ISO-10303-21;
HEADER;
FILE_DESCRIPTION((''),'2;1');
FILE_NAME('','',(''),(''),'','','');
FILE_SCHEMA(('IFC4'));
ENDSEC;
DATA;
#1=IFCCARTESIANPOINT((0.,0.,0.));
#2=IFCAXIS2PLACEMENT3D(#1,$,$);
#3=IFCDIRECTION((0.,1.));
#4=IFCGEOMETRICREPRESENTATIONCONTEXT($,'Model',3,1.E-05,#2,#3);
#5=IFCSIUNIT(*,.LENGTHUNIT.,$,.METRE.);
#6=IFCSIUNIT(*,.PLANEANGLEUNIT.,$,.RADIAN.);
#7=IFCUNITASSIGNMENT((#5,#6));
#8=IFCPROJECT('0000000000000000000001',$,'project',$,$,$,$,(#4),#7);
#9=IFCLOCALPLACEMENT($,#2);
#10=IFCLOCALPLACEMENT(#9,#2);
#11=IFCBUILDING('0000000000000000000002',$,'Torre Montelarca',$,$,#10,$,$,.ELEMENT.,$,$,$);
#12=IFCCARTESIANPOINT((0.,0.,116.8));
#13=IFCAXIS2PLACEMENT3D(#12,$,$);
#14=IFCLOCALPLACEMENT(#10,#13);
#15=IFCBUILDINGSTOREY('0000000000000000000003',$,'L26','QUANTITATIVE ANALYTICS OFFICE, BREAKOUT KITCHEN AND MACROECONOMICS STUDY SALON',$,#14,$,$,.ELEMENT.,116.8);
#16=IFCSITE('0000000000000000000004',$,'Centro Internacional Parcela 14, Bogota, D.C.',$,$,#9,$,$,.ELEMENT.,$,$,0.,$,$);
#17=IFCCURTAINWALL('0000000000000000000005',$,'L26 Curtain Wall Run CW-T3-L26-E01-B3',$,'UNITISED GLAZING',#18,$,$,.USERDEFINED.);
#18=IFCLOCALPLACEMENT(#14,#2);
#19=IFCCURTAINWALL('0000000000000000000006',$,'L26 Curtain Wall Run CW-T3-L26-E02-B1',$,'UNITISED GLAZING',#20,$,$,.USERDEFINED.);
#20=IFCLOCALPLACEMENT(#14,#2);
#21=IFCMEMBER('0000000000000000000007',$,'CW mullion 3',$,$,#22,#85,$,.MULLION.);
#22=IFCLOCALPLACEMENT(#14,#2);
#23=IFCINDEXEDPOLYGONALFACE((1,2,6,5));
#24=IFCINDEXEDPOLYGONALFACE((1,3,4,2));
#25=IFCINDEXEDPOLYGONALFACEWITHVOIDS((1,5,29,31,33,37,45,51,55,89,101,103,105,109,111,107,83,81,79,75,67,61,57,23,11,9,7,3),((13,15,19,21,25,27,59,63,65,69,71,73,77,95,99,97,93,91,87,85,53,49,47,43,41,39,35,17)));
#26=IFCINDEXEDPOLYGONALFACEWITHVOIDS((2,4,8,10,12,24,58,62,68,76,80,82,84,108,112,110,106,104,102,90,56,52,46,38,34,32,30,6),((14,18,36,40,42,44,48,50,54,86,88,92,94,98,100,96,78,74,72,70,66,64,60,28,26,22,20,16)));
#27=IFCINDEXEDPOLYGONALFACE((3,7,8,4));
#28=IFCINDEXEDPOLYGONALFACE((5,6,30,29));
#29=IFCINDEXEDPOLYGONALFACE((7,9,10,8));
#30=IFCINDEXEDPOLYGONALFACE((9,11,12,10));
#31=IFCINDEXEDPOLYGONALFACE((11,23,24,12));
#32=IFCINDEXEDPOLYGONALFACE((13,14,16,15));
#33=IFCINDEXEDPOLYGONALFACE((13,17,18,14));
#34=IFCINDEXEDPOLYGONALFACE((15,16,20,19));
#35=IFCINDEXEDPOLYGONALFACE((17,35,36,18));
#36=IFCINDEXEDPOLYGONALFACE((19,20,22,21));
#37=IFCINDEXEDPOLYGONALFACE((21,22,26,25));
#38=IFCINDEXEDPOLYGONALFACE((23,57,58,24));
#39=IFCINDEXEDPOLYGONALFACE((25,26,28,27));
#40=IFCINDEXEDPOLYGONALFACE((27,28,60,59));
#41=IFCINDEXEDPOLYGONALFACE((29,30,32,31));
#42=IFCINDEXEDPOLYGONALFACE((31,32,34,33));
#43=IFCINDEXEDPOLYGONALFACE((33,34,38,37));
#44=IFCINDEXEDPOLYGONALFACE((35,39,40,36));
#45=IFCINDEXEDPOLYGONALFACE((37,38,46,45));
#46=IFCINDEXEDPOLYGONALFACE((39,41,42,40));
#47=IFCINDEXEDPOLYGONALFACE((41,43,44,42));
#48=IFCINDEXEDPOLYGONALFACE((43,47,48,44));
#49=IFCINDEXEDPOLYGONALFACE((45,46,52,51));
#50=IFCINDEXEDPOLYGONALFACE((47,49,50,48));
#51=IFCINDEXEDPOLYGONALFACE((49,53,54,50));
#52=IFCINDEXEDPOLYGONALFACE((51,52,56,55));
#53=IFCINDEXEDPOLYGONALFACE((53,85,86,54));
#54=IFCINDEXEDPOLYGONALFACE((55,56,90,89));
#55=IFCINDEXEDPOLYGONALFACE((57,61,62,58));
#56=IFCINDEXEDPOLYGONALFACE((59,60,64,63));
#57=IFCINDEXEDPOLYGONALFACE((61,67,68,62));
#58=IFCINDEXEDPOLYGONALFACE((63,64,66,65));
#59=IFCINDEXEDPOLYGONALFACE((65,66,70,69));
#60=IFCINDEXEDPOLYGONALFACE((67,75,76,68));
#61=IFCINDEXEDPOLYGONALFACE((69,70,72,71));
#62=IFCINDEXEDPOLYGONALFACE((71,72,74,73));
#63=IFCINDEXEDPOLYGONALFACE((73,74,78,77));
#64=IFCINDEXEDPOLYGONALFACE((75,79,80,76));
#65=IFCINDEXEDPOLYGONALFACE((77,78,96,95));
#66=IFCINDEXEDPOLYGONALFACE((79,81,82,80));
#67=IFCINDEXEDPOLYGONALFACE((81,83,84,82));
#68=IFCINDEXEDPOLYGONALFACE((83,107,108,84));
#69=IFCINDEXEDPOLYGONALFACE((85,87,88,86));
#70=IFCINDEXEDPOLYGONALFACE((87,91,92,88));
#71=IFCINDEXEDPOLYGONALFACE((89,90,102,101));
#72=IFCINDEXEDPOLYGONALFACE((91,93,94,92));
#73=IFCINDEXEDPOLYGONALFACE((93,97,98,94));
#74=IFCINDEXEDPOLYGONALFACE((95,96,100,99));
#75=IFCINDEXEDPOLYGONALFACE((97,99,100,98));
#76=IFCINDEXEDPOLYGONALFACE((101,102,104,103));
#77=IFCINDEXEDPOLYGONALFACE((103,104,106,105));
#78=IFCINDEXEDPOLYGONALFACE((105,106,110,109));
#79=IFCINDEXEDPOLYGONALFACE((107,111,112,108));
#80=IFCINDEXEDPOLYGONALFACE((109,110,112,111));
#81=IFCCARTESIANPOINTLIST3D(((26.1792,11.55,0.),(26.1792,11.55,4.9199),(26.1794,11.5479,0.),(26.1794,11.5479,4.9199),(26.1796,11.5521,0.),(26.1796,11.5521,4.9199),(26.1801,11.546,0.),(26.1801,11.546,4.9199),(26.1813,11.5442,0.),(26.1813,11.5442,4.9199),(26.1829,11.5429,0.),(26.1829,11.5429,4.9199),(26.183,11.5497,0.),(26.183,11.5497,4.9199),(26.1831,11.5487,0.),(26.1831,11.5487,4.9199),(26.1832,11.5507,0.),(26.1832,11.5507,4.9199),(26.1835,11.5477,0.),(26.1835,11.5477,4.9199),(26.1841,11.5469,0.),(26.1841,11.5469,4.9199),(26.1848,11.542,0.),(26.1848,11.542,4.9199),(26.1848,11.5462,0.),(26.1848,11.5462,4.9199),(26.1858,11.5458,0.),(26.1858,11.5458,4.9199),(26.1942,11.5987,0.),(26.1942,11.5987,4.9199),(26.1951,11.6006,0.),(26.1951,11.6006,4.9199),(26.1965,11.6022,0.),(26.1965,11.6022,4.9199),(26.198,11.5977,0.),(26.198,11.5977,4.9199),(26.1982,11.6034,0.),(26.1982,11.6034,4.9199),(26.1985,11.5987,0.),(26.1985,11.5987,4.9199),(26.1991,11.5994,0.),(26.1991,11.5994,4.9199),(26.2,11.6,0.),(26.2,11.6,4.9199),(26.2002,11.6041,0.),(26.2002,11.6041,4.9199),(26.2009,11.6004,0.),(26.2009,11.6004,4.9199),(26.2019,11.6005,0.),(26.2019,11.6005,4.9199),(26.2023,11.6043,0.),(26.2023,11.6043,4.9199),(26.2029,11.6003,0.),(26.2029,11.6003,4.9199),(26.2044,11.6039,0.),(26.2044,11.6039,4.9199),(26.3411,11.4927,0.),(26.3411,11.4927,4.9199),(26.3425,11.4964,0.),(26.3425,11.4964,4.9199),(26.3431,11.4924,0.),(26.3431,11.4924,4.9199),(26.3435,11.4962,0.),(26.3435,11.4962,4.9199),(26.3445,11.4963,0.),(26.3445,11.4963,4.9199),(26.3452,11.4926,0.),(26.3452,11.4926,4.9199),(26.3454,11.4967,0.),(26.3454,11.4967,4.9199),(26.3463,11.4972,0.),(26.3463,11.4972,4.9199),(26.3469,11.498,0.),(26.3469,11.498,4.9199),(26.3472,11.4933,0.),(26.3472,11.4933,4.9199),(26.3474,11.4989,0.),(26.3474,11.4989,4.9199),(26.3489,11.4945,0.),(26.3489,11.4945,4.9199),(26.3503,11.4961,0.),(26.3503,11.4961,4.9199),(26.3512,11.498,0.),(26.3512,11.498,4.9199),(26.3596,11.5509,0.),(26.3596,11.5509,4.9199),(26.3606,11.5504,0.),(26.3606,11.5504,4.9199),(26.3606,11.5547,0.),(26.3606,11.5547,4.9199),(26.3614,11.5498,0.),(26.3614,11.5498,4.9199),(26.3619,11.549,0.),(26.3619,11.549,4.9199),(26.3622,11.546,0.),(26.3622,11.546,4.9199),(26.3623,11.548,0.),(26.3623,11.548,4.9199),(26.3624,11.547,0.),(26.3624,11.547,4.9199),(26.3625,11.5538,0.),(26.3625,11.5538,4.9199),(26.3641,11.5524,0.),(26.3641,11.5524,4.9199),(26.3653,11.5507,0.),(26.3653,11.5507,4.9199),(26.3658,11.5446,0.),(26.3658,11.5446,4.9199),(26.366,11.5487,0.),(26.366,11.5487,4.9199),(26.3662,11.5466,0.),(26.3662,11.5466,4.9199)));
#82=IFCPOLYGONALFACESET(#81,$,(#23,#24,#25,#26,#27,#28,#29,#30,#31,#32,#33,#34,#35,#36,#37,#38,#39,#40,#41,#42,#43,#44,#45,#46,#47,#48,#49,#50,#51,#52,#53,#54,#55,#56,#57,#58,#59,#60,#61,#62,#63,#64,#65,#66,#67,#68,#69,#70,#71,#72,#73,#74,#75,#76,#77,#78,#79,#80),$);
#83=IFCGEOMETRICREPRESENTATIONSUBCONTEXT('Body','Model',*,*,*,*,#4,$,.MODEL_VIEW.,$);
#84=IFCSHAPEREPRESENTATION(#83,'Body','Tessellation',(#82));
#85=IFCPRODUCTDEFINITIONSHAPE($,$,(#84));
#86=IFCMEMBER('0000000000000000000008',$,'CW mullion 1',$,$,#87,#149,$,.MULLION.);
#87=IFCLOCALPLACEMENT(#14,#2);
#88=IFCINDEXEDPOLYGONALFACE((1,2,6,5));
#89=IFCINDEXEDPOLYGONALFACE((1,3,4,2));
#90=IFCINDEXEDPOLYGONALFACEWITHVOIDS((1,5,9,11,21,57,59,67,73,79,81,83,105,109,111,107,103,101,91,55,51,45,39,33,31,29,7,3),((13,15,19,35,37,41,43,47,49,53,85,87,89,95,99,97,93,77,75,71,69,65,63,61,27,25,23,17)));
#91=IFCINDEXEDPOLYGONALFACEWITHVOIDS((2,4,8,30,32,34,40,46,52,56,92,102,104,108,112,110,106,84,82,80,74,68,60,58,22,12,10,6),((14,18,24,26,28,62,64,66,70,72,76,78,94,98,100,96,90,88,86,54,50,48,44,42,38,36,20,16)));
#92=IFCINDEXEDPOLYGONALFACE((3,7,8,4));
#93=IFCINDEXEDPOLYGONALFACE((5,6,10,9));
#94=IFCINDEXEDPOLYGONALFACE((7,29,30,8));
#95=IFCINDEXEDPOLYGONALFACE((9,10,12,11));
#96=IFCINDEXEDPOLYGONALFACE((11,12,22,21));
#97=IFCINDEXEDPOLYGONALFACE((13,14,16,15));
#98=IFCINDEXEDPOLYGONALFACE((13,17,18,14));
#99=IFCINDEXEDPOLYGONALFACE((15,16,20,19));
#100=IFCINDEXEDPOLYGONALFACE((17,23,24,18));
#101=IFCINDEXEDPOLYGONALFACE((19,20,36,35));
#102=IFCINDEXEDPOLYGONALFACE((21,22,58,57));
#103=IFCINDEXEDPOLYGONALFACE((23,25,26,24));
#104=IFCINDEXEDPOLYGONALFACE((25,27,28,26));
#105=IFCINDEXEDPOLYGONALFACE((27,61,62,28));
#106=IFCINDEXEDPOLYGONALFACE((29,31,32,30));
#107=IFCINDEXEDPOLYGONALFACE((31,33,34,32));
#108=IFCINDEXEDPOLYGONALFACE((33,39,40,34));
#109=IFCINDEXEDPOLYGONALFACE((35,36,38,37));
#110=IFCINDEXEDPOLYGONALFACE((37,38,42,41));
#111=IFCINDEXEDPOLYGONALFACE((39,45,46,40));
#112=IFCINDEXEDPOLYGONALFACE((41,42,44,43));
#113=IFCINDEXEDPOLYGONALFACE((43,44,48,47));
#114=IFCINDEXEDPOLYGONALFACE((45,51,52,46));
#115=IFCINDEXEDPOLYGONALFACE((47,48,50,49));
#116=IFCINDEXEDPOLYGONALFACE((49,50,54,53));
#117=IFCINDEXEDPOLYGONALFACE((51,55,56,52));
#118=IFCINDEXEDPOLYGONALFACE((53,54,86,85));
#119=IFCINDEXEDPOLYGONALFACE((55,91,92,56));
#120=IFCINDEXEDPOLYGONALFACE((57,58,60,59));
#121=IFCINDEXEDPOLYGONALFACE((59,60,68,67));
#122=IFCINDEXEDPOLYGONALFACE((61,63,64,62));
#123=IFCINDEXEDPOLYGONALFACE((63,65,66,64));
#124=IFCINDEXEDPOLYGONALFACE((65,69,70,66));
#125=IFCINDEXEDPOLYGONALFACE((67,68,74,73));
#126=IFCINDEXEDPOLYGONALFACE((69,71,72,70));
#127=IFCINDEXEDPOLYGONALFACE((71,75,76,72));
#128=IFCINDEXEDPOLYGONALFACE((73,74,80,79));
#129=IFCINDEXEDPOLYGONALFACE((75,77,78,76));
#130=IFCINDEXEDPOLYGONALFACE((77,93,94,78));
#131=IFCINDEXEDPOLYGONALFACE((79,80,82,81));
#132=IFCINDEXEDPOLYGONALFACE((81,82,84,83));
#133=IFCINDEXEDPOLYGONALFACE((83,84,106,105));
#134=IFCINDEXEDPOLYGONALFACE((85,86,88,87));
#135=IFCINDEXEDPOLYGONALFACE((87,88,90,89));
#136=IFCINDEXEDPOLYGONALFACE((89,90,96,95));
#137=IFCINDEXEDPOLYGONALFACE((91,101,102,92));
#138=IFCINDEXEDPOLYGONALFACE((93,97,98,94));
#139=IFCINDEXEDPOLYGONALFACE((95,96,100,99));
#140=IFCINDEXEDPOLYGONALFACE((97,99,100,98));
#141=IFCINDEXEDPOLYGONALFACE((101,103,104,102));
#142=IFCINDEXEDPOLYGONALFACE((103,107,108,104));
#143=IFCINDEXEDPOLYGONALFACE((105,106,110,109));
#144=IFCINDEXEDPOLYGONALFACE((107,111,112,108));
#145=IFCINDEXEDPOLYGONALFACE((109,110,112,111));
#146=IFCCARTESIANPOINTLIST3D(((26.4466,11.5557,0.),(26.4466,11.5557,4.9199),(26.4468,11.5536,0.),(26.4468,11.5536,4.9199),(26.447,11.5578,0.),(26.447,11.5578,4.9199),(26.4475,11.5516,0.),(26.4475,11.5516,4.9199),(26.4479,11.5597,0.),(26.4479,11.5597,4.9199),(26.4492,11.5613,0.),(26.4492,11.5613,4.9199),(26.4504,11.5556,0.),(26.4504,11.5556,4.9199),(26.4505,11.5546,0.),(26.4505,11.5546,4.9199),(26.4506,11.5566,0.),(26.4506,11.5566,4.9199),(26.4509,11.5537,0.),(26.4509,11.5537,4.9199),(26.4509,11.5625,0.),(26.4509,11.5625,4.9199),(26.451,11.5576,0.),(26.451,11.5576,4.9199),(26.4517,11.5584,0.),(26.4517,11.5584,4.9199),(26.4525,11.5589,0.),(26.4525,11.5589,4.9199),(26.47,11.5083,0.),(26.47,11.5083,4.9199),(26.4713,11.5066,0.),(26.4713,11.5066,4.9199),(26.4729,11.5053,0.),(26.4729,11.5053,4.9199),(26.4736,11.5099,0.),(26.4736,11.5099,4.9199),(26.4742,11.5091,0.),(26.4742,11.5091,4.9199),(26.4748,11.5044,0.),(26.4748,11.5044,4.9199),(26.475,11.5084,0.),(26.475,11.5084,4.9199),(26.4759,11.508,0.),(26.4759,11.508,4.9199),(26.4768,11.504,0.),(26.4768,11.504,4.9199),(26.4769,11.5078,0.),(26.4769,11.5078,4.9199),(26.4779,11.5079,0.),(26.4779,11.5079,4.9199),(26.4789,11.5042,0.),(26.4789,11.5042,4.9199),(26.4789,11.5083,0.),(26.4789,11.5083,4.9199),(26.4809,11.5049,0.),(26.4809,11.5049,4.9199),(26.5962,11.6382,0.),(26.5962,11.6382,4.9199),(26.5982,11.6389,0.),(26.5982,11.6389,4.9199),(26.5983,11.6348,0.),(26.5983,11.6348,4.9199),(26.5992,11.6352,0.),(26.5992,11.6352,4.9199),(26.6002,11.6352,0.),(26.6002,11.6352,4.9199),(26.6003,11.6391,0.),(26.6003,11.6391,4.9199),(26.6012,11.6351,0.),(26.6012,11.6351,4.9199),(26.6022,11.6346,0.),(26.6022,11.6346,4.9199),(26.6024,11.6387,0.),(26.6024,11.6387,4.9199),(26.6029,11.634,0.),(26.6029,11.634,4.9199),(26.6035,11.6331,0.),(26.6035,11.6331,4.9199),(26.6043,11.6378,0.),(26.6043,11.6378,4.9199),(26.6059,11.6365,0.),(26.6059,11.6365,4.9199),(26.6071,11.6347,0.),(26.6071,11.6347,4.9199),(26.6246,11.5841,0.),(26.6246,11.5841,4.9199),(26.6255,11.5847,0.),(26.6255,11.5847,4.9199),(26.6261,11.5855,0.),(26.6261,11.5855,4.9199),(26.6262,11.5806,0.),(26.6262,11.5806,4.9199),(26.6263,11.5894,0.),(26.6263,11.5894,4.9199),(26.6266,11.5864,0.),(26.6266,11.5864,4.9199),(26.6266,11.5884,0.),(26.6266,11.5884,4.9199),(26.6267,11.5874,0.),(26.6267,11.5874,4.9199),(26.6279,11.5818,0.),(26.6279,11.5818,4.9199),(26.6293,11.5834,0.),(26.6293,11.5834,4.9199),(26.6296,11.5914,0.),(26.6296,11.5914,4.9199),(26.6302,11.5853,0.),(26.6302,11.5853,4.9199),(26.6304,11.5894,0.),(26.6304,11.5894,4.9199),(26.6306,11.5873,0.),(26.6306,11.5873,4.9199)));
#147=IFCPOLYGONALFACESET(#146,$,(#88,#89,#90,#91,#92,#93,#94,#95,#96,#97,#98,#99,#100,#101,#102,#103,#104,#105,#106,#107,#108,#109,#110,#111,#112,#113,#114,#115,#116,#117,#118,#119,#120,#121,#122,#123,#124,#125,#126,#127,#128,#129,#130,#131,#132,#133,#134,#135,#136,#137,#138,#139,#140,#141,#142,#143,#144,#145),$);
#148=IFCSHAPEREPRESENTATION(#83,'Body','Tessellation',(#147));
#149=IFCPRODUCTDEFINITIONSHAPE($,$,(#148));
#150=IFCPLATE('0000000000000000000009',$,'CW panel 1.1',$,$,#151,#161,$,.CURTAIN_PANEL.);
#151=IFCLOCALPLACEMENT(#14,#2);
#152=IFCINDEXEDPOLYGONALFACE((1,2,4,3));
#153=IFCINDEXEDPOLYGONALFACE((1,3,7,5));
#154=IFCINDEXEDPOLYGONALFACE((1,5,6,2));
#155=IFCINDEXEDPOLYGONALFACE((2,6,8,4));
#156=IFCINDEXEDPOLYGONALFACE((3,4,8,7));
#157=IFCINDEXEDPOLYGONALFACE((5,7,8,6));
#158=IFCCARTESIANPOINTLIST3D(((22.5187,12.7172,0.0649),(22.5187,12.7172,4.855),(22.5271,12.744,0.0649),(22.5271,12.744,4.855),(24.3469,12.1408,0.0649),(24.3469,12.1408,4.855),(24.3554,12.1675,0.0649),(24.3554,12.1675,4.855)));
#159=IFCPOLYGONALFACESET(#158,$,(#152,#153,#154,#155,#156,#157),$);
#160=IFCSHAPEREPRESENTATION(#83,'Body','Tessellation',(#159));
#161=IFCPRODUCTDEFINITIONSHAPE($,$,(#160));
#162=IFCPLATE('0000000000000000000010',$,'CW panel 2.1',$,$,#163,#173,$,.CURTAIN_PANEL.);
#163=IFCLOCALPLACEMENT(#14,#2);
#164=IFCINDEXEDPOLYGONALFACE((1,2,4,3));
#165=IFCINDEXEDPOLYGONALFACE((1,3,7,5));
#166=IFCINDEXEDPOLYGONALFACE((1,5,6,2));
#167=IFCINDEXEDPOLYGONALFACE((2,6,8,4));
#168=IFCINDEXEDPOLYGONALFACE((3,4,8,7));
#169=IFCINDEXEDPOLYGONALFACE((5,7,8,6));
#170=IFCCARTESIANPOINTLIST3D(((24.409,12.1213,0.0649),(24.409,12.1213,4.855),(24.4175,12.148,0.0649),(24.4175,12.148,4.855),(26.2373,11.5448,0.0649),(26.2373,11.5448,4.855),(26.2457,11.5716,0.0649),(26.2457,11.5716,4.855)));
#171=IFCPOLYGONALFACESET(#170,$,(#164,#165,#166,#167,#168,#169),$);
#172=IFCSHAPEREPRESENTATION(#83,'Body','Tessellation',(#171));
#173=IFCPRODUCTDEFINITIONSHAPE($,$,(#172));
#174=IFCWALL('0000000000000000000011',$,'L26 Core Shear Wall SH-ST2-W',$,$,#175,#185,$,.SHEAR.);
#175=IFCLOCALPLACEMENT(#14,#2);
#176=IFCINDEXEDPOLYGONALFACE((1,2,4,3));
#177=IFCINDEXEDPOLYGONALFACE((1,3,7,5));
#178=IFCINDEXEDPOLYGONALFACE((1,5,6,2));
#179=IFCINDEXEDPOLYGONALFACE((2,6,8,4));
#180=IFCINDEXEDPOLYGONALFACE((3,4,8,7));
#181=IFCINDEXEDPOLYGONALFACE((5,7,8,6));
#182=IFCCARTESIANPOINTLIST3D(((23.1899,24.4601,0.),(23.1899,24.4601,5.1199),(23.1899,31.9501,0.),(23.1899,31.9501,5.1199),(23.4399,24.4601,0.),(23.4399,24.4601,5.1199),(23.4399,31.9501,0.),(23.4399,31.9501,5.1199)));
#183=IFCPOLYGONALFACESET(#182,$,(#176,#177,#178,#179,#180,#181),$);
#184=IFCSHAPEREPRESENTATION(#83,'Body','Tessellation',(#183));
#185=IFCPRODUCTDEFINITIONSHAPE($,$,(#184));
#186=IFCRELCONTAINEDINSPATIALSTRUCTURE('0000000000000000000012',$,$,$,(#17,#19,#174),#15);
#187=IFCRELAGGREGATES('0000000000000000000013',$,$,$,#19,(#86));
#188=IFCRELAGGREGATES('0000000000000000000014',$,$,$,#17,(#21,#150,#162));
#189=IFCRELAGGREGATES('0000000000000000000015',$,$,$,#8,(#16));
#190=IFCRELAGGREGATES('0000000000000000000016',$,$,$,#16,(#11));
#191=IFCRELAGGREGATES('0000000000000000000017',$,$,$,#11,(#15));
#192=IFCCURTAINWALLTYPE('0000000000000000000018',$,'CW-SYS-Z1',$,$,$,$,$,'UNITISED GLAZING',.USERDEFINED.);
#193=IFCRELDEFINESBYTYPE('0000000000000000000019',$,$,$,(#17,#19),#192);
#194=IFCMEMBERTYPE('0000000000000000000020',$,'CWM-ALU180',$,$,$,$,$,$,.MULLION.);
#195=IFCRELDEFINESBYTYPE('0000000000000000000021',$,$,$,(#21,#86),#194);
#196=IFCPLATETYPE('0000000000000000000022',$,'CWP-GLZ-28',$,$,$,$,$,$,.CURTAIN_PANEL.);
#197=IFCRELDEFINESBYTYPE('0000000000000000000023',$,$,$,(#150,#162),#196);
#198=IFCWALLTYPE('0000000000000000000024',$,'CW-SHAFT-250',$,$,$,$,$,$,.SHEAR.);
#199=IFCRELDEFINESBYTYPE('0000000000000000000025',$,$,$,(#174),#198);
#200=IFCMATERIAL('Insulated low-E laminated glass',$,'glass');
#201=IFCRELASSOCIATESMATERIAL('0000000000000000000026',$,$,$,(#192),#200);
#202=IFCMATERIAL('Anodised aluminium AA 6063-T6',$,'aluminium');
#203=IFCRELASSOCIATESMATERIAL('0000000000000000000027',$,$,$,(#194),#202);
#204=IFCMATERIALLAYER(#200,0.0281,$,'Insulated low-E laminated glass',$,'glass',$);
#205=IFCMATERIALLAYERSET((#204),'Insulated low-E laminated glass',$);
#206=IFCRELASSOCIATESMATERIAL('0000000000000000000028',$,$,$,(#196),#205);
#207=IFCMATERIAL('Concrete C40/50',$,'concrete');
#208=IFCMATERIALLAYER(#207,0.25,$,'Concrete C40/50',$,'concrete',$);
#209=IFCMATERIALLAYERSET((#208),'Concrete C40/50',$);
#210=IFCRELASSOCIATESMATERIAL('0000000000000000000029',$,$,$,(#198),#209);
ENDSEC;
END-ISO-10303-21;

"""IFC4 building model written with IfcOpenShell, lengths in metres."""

from ifc_helpers import new_model, si_unit, direction, frame, frame_2d, origin, origin_2d, place, context, subcontext, project, spatial, rectangle, hollow_rectangle, extrude, source, transform, mapped, material, layer, layer_set, material_profile, profile_set, type_object, element, aggregate, save


model = new_model("IFC4")

# Units and contexts
model_context = context("Model", 3, precision=1e-05, world=origin(), true_north=direction((0.0, 1.0)))
body_context = subcontext(model_context, "Body", "Model", "MODEL_VIEW")
ifc_project = project(units=[si_unit("LENGTHUNIT", "METRE"), si_unit("PLANEANGLEUNIT", "RADIAN")], contexts=[model_context])

# Site, building, storey
site_placement = place(None, origin())
site = spatial("IfcSite", under=ifc_project, at=site_placement, Name="Centro Internacional Parcela 14, Bogota, D.C.", CompositionType="ELEMENT", RefElevation=0.0)
building_placement = place(site_placement, origin())
building = spatial("IfcBuilding", under=site, at=building_placement, Name="Torre Montelarca", CompositionType="ELEMENT")
storey_placement = place(building_placement, frame((0.0, 0.0, 116.8)))
storey = spatial("IfcBuildingStorey", under=building, at=storey_placement, Name="L26", Description="QUANTITATIVE ANALYTICS OFFICE, BREAKOUT KITCHEN AND MACROECONOMICS STUDY SALON", CompositionType="ELEMENT", Elevation=116.8)

# Curtain walls
ifc_material_1 = material(Name="Insulated low-E laminated glass", Category="glass")
curtain_wall_type = type_object("IfcCurtainWallType", Name="CW-SYS-Z1", ElementType="UNITISED GLAZING", PredefinedType="USERDEFINED", material=ifc_material_1)
curtain_wall_1_placement = place(storey_placement, origin())
curtain_wall_1 = element("IfcCurtainWall", 1, at=curtain_wall_1_placement, inside=storey, type_object=curtain_wall_type, Name="L26 Curtain Wall Run CW-T3-L26-E01-B3", ObjectType="UNITISED GLAZING", PredefinedType="USERDEFINED")
ifc_material_2 = material(Name="Anodised aluminium AA 6063-T6", Category="aluminium")
curtain_wall_2_placement = place(storey_placement, origin())
curtain_wall_2 = element("IfcCurtainWall", 2, at=curtain_wall_2_placement, inside=storey, type_object=curtain_wall_type, Name="L26 Curtain Wall Run CW-T3-L26-E02-B1", ObjectType="UNITISED GLAZING", PredefinedType="USERDEFINED")

# Members
ifc_material_profile_1 = material_profile(ifc_material_2, hollow_rectangle(XDim=0.0649, YDim=0.1799, WallThickness=0.0039, InnerFilletRadius=0.0039, OuterFilletRadius=0.0081, at=origin_2d()), Name="ALU65X180X4", Category="aluminium")
ifc_profile_set_1 = profile_set([ifc_material_profile_1], Name="Anodised aluminium AA 6063-T6")
member_type_1 = type_object("IfcMemberType", Name="CWM-ALU180", PredefinedType="MULLION", material=ifc_profile_set_1)
shared_shape_1 = source(origin(), body_context, "Body", "SweptSolid", [
    extrude(hollow_rectangle(XDim=0.0649, YDim=0.1799, WallThickness=0.0039, InnerFilletRadius=0.0039, OuterFilletRadius=0.0081, at=origin_2d()), origin(), (0.0, 0.0, 1.0), 4.9199),
])
member_1_placement = place(storey_placement, frame((26.2727, 11.5483, 0.0), z_axis=(0.0, 0.0, 1.0), x_axis=(0.300706, 0.953717, 0.0)))
member_1 = element("IfcMember", 3, at=member_1_placement, type_object=member_type_1, Name="CW mullion 3", PredefinedType="MULLION", context=body_context, shape_type="MappedRepresentation", body=[
    mapped(shared_shape_1, transform((0.0, 0.0, 0.0), scale=1.0)),
])
member_2_placement = place(storey_placement, frame((26.5386, 11.5715, 0.0), z_axis=(0.0, 0.0, 1.0), x_axis=(-0.461741, 0.887015, 0.0)))
member_2 = element("IfcMember", 4, at=member_2_placement, type_object=member_type_1, Name="CW mullion 1", PredefinedType="MULLION", context=body_context, shape_type="MappedRepresentation", body=[
    mapped(shared_shape_1, transform((0.0, 0.0, 0.0), scale=1.0)),
])
aggregate(curtain_wall_2, [member_2])

# Plates
ifc_layer_1 = layer(ifc_material_1, 0.0281, Name="Insulated low-E laminated glass", Category="glass")
ifc_layer_set_1 = layer_set([ifc_layer_1], Name="Insulated low-E laminated glass")
plate_type = type_object("IfcPlateType", Name="CWP-GLZ-28", PredefinedType="CURTAIN_PANEL", material=ifc_layer_set_1)
shared_shape_2 = source(origin(), body_context, "Body", "SweptSolid", [
    extrude(rectangle(XDim=1.917, YDim=0.0281, at=origin_2d()), origin(), (0.0, 0.0, 1.0), 4.79),
])
plate_1_placement = place(storey_placement, frame((23.437, 12.4424, 0.0649), z_axis=(0.0, 0.0, 1.0), x_axis=(0.953717, -0.300706, 0.0)))
plate_1 = element("IfcPlate", 5, at=plate_1_placement, type_object=plate_type, Name="CW panel 1.1", PredefinedType="CURTAIN_PANEL", context=body_context, shape_type="MappedRepresentation", body=[
    mapped(shared_shape_2, transform((0.0, 0.0, 0.0), scale=1.0)),
])
plate_2_placement = place(storey_placement, frame((25.3274, 11.8464, 0.0649), z_axis=(0.0, 0.0, 1.0), x_axis=(0.953717, -0.300706, 0.0)))
plate_2 = element("IfcPlate", 6, at=plate_2_placement, type_object=plate_type, Name="CW panel 2.1", PredefinedType="CURTAIN_PANEL", context=body_context, shape_type="MappedRepresentation", body=[
    mapped(shared_shape_2, transform((0.0, 0.0, 0.0), scale=1.0)),
])
aggregate(curtain_wall_1, [member_1, plate_1, plate_2])

# Wall
ifc_material_3 = material(Name="Concrete C40/50", Category="concrete")
ifc_layer_2 = layer(ifc_material_3, 0.25, Name="Concrete C40/50", Category="concrete")
ifc_layer_set_2 = layer_set([ifc_layer_2], Name="Concrete C40/50")
wall_type_1 = type_object("IfcWallType", Name="CW-SHAFT-250", PredefinedType="SHEAR", material=ifc_layer_set_2)
wall_1_placement = place(storey_placement, frame((23.3149, 24.46, 0.0), z_axis=(0.0, 0.0, 1.0), x_axis=(0.0, 1.0, 0.0)))
element("IfcWall", 7, at=wall_1_placement, inside=storey, type_object=wall_type_1, Name="L26 Core Shear Wall SH-ST2-W", PredefinedType="SHEAR", context=body_context, shape_type="SweptSolid", body=[
    extrude(rectangle(XDim=7.49, YDim=0.25, at=frame_2d((3.7451, 0.0))), origin(), (0.0, 0.0, 1.0), 5.1199),
])

save(model, "model.ifc")
